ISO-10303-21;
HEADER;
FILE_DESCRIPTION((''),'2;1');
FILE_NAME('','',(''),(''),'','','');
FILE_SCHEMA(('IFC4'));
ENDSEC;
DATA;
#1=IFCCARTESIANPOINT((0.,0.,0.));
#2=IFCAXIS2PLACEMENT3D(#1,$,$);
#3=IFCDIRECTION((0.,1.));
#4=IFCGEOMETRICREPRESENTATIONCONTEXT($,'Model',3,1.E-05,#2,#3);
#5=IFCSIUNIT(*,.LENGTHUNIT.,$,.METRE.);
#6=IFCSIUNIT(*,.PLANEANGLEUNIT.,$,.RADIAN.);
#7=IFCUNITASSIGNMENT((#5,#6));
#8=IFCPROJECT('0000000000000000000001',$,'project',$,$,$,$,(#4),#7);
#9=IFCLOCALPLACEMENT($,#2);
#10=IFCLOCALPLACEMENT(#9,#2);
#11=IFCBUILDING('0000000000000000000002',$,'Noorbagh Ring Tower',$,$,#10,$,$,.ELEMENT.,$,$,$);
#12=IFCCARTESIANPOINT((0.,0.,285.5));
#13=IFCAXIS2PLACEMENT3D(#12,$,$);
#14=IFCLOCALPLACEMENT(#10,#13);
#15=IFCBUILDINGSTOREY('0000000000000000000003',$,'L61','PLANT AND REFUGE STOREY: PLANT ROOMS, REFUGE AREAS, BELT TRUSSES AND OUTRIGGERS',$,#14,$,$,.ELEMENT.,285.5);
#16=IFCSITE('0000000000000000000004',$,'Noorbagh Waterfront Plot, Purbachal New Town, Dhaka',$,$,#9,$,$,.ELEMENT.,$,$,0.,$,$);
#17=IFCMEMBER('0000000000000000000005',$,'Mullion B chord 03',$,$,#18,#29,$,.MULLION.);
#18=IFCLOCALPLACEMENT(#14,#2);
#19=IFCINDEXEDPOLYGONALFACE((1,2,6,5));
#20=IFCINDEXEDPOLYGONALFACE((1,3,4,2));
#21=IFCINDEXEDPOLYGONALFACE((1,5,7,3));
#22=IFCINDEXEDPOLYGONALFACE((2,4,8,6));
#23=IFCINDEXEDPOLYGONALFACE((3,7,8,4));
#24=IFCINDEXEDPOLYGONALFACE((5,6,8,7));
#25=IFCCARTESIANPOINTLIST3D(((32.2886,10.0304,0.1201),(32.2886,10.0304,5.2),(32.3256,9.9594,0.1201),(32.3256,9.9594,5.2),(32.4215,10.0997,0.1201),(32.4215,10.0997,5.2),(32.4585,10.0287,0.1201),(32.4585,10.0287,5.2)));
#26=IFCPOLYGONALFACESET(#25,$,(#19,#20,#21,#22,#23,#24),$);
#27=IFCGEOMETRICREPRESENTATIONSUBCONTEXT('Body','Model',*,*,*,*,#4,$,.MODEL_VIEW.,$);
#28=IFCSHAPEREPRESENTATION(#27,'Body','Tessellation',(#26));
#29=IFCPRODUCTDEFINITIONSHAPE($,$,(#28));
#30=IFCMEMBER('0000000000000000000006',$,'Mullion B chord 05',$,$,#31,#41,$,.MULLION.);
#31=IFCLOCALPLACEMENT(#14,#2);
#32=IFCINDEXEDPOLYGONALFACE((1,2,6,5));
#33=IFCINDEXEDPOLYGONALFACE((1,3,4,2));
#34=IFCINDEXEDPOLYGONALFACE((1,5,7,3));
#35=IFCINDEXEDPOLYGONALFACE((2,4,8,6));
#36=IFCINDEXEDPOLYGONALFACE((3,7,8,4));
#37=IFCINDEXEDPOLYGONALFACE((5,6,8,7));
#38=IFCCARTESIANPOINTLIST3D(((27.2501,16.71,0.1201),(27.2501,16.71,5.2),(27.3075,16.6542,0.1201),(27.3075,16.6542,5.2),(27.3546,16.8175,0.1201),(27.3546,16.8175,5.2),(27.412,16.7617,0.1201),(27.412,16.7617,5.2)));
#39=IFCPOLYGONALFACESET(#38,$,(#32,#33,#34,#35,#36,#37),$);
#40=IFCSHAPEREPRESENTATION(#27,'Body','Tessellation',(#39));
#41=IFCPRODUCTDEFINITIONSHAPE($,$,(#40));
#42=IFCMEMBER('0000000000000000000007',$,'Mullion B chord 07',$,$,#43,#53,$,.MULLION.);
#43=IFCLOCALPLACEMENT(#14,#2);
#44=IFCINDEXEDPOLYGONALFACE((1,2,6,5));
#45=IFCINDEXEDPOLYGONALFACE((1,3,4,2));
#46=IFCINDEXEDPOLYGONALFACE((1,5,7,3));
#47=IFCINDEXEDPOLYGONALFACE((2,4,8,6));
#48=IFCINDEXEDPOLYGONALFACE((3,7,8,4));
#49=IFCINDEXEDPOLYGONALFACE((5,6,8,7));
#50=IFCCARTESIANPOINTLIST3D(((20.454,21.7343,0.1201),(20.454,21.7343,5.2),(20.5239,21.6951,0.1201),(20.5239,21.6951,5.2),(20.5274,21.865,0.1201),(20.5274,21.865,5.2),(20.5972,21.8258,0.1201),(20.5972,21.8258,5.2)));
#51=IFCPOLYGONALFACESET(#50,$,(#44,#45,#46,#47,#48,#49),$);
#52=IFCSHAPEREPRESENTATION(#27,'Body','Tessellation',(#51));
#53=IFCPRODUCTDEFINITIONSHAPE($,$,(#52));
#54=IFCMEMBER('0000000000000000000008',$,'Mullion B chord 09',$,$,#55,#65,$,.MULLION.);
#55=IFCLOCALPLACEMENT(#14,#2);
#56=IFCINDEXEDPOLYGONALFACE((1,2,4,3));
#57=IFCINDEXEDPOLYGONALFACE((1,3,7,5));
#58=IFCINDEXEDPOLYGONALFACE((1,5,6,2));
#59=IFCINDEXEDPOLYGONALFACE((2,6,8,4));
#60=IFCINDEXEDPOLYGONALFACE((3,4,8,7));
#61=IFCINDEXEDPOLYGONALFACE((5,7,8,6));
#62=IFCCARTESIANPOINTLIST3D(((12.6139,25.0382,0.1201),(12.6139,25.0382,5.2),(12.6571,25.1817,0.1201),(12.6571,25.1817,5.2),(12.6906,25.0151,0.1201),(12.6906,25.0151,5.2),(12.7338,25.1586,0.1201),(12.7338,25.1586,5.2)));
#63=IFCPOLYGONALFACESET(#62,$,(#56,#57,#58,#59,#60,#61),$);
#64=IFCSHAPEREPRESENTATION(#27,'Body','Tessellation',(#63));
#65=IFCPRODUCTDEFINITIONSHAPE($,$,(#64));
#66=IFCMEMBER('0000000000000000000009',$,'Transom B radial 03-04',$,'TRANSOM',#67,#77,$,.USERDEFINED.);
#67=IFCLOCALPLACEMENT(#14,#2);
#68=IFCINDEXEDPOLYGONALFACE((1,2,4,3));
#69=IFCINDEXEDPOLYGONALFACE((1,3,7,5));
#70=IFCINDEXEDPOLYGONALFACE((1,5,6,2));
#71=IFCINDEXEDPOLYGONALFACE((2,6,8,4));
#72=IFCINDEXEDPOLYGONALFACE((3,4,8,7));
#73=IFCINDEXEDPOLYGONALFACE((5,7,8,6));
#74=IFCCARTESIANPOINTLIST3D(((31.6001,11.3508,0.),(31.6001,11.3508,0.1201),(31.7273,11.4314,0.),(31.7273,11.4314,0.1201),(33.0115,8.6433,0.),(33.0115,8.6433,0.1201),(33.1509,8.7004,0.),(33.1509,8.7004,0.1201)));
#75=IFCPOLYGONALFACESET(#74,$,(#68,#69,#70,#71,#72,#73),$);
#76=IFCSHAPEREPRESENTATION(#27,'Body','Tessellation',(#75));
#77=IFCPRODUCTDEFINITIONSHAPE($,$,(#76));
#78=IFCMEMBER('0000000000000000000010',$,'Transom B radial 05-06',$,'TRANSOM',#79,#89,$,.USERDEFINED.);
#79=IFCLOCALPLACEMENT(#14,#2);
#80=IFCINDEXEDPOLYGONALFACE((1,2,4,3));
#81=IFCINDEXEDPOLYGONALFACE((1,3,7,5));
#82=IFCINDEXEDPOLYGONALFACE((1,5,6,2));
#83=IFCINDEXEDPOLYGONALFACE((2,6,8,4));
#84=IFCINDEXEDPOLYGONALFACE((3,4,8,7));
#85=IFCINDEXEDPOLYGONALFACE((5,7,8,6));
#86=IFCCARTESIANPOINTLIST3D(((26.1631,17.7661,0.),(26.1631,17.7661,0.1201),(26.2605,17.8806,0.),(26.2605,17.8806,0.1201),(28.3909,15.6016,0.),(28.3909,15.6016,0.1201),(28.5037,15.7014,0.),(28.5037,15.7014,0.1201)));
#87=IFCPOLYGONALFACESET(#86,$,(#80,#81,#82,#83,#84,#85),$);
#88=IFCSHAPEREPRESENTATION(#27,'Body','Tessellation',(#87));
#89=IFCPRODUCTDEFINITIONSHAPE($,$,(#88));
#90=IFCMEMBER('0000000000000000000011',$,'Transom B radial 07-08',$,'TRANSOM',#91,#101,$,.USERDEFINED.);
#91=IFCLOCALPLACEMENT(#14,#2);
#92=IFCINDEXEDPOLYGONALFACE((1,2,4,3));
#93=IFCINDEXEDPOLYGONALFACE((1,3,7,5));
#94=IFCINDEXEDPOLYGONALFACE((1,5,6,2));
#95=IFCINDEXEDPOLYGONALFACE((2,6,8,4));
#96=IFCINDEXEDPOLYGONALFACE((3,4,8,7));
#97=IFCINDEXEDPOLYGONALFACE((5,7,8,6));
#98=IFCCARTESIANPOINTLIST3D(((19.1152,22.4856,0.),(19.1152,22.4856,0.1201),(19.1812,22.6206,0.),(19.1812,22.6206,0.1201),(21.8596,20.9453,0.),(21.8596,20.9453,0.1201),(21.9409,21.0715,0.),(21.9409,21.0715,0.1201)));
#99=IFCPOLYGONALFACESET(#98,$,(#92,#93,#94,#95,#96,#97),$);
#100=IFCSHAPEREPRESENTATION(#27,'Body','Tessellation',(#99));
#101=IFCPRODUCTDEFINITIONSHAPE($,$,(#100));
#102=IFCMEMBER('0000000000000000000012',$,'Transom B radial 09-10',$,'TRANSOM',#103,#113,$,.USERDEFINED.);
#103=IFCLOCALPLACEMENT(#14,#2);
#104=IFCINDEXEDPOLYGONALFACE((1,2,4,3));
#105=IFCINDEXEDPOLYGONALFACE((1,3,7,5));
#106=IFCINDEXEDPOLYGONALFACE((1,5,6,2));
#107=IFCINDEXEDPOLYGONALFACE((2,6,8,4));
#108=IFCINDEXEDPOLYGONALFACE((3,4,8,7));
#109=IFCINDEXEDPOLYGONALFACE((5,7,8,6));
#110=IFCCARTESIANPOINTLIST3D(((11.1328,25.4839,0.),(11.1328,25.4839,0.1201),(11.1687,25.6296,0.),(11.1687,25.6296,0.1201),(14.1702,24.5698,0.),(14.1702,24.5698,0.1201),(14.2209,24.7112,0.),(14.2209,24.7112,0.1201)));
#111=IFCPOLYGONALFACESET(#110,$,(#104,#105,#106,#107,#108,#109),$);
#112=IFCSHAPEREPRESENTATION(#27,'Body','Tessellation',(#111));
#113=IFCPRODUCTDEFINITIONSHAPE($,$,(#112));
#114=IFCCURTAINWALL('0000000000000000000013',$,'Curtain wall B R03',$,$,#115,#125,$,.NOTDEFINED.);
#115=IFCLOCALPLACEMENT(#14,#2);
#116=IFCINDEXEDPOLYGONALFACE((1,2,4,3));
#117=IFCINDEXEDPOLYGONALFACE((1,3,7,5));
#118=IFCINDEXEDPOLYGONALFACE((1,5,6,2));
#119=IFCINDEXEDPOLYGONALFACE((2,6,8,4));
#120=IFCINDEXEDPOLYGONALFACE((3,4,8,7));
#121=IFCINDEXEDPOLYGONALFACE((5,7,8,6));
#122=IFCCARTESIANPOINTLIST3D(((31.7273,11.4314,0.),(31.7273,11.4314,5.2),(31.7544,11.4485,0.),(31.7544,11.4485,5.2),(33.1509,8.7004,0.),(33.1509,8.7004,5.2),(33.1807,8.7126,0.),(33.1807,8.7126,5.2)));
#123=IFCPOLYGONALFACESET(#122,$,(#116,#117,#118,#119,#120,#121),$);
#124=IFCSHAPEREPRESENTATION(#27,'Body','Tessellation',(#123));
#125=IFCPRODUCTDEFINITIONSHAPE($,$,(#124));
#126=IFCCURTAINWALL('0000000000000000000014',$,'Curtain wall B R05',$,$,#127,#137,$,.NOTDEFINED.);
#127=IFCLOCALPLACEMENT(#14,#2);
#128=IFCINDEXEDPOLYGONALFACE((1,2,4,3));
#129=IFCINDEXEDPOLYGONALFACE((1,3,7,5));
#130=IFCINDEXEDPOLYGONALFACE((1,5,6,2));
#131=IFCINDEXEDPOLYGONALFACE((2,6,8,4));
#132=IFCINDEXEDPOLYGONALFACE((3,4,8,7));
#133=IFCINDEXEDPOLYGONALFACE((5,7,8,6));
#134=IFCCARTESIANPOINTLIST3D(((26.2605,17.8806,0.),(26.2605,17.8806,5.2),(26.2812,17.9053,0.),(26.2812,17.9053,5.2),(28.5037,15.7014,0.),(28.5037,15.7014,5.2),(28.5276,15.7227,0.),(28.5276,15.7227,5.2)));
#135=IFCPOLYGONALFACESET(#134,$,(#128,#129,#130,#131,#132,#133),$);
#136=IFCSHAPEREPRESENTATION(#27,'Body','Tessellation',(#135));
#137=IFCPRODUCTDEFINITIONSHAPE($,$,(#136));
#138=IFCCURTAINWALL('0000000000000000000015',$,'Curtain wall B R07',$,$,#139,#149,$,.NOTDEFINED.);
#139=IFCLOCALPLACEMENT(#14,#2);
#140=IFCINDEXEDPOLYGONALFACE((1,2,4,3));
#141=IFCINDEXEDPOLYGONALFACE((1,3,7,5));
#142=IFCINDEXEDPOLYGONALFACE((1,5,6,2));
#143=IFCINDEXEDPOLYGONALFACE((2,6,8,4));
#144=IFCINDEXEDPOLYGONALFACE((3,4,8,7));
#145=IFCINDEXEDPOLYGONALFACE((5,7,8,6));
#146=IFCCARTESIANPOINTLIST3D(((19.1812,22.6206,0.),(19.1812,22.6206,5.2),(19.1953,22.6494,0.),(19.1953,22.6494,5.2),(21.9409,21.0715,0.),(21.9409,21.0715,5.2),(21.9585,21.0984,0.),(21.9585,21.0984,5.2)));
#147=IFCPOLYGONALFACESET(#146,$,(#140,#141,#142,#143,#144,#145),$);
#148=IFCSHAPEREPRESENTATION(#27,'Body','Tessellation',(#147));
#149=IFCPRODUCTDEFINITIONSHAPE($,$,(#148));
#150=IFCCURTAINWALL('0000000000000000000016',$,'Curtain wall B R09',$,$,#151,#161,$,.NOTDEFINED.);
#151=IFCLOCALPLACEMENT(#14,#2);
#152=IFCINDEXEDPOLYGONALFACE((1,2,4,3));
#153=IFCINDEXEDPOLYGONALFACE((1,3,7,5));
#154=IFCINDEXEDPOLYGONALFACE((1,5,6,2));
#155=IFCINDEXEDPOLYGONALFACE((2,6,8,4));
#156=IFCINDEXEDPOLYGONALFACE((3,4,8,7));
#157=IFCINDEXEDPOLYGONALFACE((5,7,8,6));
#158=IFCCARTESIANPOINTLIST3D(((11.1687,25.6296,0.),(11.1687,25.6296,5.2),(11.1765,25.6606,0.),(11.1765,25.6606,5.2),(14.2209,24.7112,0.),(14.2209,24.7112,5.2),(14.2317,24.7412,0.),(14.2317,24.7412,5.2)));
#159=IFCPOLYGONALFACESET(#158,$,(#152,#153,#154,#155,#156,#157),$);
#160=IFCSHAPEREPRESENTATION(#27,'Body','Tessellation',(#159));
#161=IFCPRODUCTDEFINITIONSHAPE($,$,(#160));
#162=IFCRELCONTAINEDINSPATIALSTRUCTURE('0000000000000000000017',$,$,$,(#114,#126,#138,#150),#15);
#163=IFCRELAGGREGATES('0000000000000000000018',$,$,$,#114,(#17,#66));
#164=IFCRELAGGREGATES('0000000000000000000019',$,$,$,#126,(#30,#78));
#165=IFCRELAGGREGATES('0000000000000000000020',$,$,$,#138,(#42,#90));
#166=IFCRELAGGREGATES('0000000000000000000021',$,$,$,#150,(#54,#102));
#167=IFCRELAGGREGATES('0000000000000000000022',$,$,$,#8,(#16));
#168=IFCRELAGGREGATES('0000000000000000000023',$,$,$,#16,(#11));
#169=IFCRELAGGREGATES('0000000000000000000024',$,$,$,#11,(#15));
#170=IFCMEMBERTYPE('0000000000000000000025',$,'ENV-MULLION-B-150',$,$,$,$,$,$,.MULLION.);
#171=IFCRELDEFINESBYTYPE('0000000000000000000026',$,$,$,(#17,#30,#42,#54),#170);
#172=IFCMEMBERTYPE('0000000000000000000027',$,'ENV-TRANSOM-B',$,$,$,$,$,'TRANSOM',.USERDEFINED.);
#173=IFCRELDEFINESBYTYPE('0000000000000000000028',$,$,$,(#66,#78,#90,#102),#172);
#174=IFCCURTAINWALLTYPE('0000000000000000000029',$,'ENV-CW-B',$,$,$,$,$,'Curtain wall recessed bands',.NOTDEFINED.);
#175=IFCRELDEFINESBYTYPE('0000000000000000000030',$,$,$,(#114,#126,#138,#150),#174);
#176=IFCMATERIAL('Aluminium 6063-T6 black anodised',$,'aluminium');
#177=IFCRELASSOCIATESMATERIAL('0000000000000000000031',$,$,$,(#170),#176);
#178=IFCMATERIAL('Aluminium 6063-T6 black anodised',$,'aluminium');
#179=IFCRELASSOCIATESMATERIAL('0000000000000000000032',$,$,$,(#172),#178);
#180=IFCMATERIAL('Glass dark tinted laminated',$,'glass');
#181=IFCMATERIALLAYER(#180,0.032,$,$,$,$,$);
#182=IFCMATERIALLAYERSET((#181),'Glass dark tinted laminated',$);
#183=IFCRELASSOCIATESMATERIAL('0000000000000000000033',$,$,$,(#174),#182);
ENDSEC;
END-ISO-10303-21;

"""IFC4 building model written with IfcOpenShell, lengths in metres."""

from ifc_helpers import new_model, si_unit, direction, frame, origin, origin_2d, place, context, subcontext, project, spatial, polyline, rectangle, outline, extrude, material, layer, layer_set, material_profile, profile_set, type_object, element, aggregate, save


model = new_model("IFC4")

# Units and contexts
model_context = context("Model", 3, precision=1e-05, world=origin(), true_north=direction((0.0, 1.0)))
body_context = subcontext(model_context, "Body", "Model", "MODEL_VIEW")
ifc_project = project(units=[si_unit("LENGTHUNIT", "METRE"), si_unit("PLANEANGLEUNIT", "RADIAN")], contexts=[model_context])

# Members
ifc_material_1 = material(Name="Aluminium 6063-T6 black anodised", Category="aluminium")
ifc_material_profile = material_profile(ifc_material_1, rectangle(XDim=0.1499, YDim=0.0801, at=origin_2d()), Name="150x80")
ifc_profile_set = profile_set([ifc_material_profile], Name="Aluminium 6063-T6 black anodised")
member_type_1 = type_object("IfcMemberType", Name="ENV-MULLION-B-150", PredefinedType="MULLION", material=ifc_profile_set)
site_placement = place(None, origin())
building_placement = place(site_placement, origin())
storey_placement = place(building_placement, frame((0.0, 0.0, 285.5)))
member_1_placement = place(storey_placement, frame((32.3735, 10.0295, 0.1201), z_axis=(0.0, 0.0, 1.0), x_axis=(-0.886735, -0.462278, 0.0)))
member_1 = element("IfcMember", 1, at=member_1_placement, type_object=member_type_1, Name="Mullion B chord 03", PredefinedType="MULLION", context=body_context, shape_type="SweptSolid", body=[
    extrude(rectangle(XDim=0.1499, YDim=0.0801, at=origin_2d()), origin(), (0.0, 0.0, 1.0), 5.0798),
])
member_2_placement = place(storey_placement, frame((27.3311, 16.7358, 0.1201), z_axis=(0.0, 0.0, 1.0), x_axis=(-0.696842, -0.717225, 0.0)))
member_2 = element("IfcMember", 2, at=member_2_placement, type_object=member_type_1, Name="Mullion B chord 05", PredefinedType="MULLION", context=body_context, shape_type="SweptSolid", body=[
    extrude(rectangle(XDim=0.1499, YDim=0.0801, at=origin_2d()), origin(), (0.0, 0.0, 1.0), 5.0798),
])
member_3_placement = place(storey_placement, frame((20.5256, 21.78, 0.1201), z_axis=(0.0, 0.0, 1.0), x_axis=(-0.489426, -0.872045, 0.0)))
member_3 = element("IfcMember", 3, at=member_3_placement, type_object=member_type_1, Name="Mullion B chord 07", PredefinedType="MULLION", context=body_context, shape_type="SweptSolid", body=[
    extrude(rectangle(XDim=0.1499, YDim=0.0801, at=origin_2d()), origin(), (0.0, 0.0, 1.0), 5.0798),
])
member_4_placement = place(storey_placement, frame((12.6738, 25.0984, 0.1201), z_axis=(0.0, 0.0, 1.0), x_axis=(-0.288174, -0.957578, 0.0)))
member_4 = element("IfcMember", 4, at=member_4_placement, type_object=member_type_1, Name="Mullion B chord 09", PredefinedType="MULLION", context=body_context, shape_type="SweptSolid", body=[
    extrude(rectangle(XDim=0.1499, YDim=0.0801, at=origin_2d()), origin(), (0.0, 0.0, 1.0), 5.0798),
])
ifc_material_2 = material(Name="Aluminium 6063-T6 black anodised", Category="aluminium")
member_type_2 = type_object("IfcMemberType", Name="ENV-TRANSOM-B", ElementType="TRANSOM", PredefinedType="USERDEFINED", material=ifc_material_2)
member_5_placement = place(storey_placement, origin())
member_5 = element("IfcMember", 5, at=member_5_placement, type_object=member_type_2, Name="Transom B radial 03-04", ObjectType="TRANSOM", PredefinedType="USERDEFINED", context=body_context, shape_type="SweptSolid", body=[
    extrude(outline(polyline([(33.1509, 8.7004), (31.7273, 11.4314), (31.6001, 11.3508), (33.0115, 8.6433), (33.1509, 8.7004)])), origin(), (0.0, 0.0, 1.0), 0.1201),
])
member_6_placement = place(storey_placement, origin())
member_6 = element("IfcMember", 6, at=member_6_placement, type_object=member_type_2, Name="Transom B radial 05-06", ObjectType="TRANSOM", PredefinedType="USERDEFINED", context=body_context, shape_type="SweptSolid", body=[
    extrude(outline(polyline([(28.5037, 15.7014), (26.2605, 17.8806), (26.1631, 17.7661), (28.3909, 15.6016), (28.5037, 15.7014)])), origin(), (0.0, 0.0, 1.0), 0.1201),
])
member_7_placement = place(storey_placement, origin())
member_7 = element("IfcMember", 7, at=member_7_placement, type_object=member_type_2, Name="Transom B radial 07-08", ObjectType="TRANSOM", PredefinedType="USERDEFINED", context=body_context, shape_type="SweptSolid", body=[
    extrude(outline(polyline([(21.9409, 21.0715), (19.1812, 22.6206), (19.1152, 22.4856), (21.8596, 20.9453), (21.9409, 21.0715)])), origin(), (0.0, 0.0, 1.0), 0.1201),
])
member_8_placement = place(storey_placement, origin())
member_8 = element("IfcMember", 8, at=member_8_placement, type_object=member_type_2, Name="Transom B radial 09-10", ObjectType="TRANSOM", PredefinedType="USERDEFINED", context=body_context, shape_type="SweptSolid", body=[
    extrude(outline(polyline([(14.2209, 24.7112), (11.1687, 25.6296), (11.1328, 25.4839), (14.1702, 24.5698), (14.2209, 24.7112)])), origin(), (0.0, 0.0, 1.0), 0.1201),
])

# Site, building, storey
site = spatial("IfcSite", under=ifc_project, at=site_placement, Name="Noorbagh Waterfront Plot, Purbachal New Town, Dhaka", CompositionType="ELEMENT", RefElevation=0.0)
building = spatial("IfcBuilding", under=site, at=building_placement, Name="Noorbagh Ring Tower", CompositionType="ELEMENT")
storey = spatial("IfcBuildingStorey", under=building, at=storey_placement, Name="L61", Description="PLANT AND REFUGE STOREY: PLANT ROOMS, REFUGE AREAS, BELT TRUSSES AND OUTRIGGERS", CompositionType="ELEMENT", Elevation=285.5)

# Curtain walls
ifc_material_3 = material(Name="Glass dark tinted laminated", Category="glass")
ifc_layer = layer(ifc_material_3, 0.032)
ifc_layer_set = layer_set([ifc_layer], Name="Glass dark tinted laminated")
curtain_wall_type = type_object("IfcCurtainWallType", Name="ENV-CW-B", ElementType="Curtain wall recessed bands", PredefinedType="NOTDEFINED", material=ifc_layer_set)
curtain_wall_1_placement = place(storey_placement, origin())
curtain_wall_1 = element("IfcCurtainWall", 9, at=curtain_wall_1_placement, inside=storey, type_object=curtain_wall_type, Name="Curtain wall B R03", PredefinedType="NOTDEFINED", context=body_context, shape_type="SweptSolid", body=[
    extrude(outline(polyline([(33.1807, 8.7126), (31.7544, 11.4485), (31.7273, 11.4314), (33.1509, 8.7004), (33.1807, 8.7126)])), origin(), (0.0, 0.0, 1.0), 5.2),
])
aggregate(curtain_wall_1, [member_1, member_5])
curtain_wall_2_placement = place(storey_placement, origin())
curtain_wall_2 = element("IfcCurtainWall", 10, at=curtain_wall_2_placement, inside=storey, type_object=curtain_wall_type, Name="Curtain wall B R05", PredefinedType="NOTDEFINED", context=body_context, shape_type="SweptSolid", body=[
    extrude(outline(polyline([(28.5276, 15.7227), (26.2812, 17.9053), (26.2605, 17.8806), (28.5037, 15.7014), (28.5276, 15.7227)])), origin(), (0.0, 0.0, 1.0), 5.2),
])
aggregate(curtain_wall_2, [member_2, member_6])
curtain_wall_3_placement = place(storey_placement, origin())
curtain_wall_3 = element("IfcCurtainWall", 11, at=curtain_wall_3_placement, inside=storey, type_object=curtain_wall_type, Name="Curtain wall B R07", PredefinedType="NOTDEFINED", context=body_context, shape_type="SweptSolid", body=[
    extrude(outline(polyline([(21.9585, 21.0984), (19.1953, 22.6494), (19.1812, 22.6206), (21.9409, 21.0715), (21.9585, 21.0984)])), origin(), (0.0, 0.0, 1.0), 5.2),
])
aggregate(curtain_wall_3, [member_3, member_7])
curtain_wall_4_placement = place(storey_placement, origin())
curtain_wall_4 = element("IfcCurtainWall", 12, at=curtain_wall_4_placement, inside=storey, type_object=curtain_wall_type, Name="Curtain wall B R09", PredefinedType="NOTDEFINED", context=body_context, shape_type="SweptSolid", body=[
    extrude(outline(polyline([(14.2317, 24.7412), (11.1765, 25.6606), (11.1687, 25.6296), (14.2209, 24.7112), (14.2317, 24.7412)])), origin(), (0.0, 0.0, 1.0), 5.2),
])
aggregate(curtain_wall_4, [member_4, member_8])

save(model, "model.ifc")
